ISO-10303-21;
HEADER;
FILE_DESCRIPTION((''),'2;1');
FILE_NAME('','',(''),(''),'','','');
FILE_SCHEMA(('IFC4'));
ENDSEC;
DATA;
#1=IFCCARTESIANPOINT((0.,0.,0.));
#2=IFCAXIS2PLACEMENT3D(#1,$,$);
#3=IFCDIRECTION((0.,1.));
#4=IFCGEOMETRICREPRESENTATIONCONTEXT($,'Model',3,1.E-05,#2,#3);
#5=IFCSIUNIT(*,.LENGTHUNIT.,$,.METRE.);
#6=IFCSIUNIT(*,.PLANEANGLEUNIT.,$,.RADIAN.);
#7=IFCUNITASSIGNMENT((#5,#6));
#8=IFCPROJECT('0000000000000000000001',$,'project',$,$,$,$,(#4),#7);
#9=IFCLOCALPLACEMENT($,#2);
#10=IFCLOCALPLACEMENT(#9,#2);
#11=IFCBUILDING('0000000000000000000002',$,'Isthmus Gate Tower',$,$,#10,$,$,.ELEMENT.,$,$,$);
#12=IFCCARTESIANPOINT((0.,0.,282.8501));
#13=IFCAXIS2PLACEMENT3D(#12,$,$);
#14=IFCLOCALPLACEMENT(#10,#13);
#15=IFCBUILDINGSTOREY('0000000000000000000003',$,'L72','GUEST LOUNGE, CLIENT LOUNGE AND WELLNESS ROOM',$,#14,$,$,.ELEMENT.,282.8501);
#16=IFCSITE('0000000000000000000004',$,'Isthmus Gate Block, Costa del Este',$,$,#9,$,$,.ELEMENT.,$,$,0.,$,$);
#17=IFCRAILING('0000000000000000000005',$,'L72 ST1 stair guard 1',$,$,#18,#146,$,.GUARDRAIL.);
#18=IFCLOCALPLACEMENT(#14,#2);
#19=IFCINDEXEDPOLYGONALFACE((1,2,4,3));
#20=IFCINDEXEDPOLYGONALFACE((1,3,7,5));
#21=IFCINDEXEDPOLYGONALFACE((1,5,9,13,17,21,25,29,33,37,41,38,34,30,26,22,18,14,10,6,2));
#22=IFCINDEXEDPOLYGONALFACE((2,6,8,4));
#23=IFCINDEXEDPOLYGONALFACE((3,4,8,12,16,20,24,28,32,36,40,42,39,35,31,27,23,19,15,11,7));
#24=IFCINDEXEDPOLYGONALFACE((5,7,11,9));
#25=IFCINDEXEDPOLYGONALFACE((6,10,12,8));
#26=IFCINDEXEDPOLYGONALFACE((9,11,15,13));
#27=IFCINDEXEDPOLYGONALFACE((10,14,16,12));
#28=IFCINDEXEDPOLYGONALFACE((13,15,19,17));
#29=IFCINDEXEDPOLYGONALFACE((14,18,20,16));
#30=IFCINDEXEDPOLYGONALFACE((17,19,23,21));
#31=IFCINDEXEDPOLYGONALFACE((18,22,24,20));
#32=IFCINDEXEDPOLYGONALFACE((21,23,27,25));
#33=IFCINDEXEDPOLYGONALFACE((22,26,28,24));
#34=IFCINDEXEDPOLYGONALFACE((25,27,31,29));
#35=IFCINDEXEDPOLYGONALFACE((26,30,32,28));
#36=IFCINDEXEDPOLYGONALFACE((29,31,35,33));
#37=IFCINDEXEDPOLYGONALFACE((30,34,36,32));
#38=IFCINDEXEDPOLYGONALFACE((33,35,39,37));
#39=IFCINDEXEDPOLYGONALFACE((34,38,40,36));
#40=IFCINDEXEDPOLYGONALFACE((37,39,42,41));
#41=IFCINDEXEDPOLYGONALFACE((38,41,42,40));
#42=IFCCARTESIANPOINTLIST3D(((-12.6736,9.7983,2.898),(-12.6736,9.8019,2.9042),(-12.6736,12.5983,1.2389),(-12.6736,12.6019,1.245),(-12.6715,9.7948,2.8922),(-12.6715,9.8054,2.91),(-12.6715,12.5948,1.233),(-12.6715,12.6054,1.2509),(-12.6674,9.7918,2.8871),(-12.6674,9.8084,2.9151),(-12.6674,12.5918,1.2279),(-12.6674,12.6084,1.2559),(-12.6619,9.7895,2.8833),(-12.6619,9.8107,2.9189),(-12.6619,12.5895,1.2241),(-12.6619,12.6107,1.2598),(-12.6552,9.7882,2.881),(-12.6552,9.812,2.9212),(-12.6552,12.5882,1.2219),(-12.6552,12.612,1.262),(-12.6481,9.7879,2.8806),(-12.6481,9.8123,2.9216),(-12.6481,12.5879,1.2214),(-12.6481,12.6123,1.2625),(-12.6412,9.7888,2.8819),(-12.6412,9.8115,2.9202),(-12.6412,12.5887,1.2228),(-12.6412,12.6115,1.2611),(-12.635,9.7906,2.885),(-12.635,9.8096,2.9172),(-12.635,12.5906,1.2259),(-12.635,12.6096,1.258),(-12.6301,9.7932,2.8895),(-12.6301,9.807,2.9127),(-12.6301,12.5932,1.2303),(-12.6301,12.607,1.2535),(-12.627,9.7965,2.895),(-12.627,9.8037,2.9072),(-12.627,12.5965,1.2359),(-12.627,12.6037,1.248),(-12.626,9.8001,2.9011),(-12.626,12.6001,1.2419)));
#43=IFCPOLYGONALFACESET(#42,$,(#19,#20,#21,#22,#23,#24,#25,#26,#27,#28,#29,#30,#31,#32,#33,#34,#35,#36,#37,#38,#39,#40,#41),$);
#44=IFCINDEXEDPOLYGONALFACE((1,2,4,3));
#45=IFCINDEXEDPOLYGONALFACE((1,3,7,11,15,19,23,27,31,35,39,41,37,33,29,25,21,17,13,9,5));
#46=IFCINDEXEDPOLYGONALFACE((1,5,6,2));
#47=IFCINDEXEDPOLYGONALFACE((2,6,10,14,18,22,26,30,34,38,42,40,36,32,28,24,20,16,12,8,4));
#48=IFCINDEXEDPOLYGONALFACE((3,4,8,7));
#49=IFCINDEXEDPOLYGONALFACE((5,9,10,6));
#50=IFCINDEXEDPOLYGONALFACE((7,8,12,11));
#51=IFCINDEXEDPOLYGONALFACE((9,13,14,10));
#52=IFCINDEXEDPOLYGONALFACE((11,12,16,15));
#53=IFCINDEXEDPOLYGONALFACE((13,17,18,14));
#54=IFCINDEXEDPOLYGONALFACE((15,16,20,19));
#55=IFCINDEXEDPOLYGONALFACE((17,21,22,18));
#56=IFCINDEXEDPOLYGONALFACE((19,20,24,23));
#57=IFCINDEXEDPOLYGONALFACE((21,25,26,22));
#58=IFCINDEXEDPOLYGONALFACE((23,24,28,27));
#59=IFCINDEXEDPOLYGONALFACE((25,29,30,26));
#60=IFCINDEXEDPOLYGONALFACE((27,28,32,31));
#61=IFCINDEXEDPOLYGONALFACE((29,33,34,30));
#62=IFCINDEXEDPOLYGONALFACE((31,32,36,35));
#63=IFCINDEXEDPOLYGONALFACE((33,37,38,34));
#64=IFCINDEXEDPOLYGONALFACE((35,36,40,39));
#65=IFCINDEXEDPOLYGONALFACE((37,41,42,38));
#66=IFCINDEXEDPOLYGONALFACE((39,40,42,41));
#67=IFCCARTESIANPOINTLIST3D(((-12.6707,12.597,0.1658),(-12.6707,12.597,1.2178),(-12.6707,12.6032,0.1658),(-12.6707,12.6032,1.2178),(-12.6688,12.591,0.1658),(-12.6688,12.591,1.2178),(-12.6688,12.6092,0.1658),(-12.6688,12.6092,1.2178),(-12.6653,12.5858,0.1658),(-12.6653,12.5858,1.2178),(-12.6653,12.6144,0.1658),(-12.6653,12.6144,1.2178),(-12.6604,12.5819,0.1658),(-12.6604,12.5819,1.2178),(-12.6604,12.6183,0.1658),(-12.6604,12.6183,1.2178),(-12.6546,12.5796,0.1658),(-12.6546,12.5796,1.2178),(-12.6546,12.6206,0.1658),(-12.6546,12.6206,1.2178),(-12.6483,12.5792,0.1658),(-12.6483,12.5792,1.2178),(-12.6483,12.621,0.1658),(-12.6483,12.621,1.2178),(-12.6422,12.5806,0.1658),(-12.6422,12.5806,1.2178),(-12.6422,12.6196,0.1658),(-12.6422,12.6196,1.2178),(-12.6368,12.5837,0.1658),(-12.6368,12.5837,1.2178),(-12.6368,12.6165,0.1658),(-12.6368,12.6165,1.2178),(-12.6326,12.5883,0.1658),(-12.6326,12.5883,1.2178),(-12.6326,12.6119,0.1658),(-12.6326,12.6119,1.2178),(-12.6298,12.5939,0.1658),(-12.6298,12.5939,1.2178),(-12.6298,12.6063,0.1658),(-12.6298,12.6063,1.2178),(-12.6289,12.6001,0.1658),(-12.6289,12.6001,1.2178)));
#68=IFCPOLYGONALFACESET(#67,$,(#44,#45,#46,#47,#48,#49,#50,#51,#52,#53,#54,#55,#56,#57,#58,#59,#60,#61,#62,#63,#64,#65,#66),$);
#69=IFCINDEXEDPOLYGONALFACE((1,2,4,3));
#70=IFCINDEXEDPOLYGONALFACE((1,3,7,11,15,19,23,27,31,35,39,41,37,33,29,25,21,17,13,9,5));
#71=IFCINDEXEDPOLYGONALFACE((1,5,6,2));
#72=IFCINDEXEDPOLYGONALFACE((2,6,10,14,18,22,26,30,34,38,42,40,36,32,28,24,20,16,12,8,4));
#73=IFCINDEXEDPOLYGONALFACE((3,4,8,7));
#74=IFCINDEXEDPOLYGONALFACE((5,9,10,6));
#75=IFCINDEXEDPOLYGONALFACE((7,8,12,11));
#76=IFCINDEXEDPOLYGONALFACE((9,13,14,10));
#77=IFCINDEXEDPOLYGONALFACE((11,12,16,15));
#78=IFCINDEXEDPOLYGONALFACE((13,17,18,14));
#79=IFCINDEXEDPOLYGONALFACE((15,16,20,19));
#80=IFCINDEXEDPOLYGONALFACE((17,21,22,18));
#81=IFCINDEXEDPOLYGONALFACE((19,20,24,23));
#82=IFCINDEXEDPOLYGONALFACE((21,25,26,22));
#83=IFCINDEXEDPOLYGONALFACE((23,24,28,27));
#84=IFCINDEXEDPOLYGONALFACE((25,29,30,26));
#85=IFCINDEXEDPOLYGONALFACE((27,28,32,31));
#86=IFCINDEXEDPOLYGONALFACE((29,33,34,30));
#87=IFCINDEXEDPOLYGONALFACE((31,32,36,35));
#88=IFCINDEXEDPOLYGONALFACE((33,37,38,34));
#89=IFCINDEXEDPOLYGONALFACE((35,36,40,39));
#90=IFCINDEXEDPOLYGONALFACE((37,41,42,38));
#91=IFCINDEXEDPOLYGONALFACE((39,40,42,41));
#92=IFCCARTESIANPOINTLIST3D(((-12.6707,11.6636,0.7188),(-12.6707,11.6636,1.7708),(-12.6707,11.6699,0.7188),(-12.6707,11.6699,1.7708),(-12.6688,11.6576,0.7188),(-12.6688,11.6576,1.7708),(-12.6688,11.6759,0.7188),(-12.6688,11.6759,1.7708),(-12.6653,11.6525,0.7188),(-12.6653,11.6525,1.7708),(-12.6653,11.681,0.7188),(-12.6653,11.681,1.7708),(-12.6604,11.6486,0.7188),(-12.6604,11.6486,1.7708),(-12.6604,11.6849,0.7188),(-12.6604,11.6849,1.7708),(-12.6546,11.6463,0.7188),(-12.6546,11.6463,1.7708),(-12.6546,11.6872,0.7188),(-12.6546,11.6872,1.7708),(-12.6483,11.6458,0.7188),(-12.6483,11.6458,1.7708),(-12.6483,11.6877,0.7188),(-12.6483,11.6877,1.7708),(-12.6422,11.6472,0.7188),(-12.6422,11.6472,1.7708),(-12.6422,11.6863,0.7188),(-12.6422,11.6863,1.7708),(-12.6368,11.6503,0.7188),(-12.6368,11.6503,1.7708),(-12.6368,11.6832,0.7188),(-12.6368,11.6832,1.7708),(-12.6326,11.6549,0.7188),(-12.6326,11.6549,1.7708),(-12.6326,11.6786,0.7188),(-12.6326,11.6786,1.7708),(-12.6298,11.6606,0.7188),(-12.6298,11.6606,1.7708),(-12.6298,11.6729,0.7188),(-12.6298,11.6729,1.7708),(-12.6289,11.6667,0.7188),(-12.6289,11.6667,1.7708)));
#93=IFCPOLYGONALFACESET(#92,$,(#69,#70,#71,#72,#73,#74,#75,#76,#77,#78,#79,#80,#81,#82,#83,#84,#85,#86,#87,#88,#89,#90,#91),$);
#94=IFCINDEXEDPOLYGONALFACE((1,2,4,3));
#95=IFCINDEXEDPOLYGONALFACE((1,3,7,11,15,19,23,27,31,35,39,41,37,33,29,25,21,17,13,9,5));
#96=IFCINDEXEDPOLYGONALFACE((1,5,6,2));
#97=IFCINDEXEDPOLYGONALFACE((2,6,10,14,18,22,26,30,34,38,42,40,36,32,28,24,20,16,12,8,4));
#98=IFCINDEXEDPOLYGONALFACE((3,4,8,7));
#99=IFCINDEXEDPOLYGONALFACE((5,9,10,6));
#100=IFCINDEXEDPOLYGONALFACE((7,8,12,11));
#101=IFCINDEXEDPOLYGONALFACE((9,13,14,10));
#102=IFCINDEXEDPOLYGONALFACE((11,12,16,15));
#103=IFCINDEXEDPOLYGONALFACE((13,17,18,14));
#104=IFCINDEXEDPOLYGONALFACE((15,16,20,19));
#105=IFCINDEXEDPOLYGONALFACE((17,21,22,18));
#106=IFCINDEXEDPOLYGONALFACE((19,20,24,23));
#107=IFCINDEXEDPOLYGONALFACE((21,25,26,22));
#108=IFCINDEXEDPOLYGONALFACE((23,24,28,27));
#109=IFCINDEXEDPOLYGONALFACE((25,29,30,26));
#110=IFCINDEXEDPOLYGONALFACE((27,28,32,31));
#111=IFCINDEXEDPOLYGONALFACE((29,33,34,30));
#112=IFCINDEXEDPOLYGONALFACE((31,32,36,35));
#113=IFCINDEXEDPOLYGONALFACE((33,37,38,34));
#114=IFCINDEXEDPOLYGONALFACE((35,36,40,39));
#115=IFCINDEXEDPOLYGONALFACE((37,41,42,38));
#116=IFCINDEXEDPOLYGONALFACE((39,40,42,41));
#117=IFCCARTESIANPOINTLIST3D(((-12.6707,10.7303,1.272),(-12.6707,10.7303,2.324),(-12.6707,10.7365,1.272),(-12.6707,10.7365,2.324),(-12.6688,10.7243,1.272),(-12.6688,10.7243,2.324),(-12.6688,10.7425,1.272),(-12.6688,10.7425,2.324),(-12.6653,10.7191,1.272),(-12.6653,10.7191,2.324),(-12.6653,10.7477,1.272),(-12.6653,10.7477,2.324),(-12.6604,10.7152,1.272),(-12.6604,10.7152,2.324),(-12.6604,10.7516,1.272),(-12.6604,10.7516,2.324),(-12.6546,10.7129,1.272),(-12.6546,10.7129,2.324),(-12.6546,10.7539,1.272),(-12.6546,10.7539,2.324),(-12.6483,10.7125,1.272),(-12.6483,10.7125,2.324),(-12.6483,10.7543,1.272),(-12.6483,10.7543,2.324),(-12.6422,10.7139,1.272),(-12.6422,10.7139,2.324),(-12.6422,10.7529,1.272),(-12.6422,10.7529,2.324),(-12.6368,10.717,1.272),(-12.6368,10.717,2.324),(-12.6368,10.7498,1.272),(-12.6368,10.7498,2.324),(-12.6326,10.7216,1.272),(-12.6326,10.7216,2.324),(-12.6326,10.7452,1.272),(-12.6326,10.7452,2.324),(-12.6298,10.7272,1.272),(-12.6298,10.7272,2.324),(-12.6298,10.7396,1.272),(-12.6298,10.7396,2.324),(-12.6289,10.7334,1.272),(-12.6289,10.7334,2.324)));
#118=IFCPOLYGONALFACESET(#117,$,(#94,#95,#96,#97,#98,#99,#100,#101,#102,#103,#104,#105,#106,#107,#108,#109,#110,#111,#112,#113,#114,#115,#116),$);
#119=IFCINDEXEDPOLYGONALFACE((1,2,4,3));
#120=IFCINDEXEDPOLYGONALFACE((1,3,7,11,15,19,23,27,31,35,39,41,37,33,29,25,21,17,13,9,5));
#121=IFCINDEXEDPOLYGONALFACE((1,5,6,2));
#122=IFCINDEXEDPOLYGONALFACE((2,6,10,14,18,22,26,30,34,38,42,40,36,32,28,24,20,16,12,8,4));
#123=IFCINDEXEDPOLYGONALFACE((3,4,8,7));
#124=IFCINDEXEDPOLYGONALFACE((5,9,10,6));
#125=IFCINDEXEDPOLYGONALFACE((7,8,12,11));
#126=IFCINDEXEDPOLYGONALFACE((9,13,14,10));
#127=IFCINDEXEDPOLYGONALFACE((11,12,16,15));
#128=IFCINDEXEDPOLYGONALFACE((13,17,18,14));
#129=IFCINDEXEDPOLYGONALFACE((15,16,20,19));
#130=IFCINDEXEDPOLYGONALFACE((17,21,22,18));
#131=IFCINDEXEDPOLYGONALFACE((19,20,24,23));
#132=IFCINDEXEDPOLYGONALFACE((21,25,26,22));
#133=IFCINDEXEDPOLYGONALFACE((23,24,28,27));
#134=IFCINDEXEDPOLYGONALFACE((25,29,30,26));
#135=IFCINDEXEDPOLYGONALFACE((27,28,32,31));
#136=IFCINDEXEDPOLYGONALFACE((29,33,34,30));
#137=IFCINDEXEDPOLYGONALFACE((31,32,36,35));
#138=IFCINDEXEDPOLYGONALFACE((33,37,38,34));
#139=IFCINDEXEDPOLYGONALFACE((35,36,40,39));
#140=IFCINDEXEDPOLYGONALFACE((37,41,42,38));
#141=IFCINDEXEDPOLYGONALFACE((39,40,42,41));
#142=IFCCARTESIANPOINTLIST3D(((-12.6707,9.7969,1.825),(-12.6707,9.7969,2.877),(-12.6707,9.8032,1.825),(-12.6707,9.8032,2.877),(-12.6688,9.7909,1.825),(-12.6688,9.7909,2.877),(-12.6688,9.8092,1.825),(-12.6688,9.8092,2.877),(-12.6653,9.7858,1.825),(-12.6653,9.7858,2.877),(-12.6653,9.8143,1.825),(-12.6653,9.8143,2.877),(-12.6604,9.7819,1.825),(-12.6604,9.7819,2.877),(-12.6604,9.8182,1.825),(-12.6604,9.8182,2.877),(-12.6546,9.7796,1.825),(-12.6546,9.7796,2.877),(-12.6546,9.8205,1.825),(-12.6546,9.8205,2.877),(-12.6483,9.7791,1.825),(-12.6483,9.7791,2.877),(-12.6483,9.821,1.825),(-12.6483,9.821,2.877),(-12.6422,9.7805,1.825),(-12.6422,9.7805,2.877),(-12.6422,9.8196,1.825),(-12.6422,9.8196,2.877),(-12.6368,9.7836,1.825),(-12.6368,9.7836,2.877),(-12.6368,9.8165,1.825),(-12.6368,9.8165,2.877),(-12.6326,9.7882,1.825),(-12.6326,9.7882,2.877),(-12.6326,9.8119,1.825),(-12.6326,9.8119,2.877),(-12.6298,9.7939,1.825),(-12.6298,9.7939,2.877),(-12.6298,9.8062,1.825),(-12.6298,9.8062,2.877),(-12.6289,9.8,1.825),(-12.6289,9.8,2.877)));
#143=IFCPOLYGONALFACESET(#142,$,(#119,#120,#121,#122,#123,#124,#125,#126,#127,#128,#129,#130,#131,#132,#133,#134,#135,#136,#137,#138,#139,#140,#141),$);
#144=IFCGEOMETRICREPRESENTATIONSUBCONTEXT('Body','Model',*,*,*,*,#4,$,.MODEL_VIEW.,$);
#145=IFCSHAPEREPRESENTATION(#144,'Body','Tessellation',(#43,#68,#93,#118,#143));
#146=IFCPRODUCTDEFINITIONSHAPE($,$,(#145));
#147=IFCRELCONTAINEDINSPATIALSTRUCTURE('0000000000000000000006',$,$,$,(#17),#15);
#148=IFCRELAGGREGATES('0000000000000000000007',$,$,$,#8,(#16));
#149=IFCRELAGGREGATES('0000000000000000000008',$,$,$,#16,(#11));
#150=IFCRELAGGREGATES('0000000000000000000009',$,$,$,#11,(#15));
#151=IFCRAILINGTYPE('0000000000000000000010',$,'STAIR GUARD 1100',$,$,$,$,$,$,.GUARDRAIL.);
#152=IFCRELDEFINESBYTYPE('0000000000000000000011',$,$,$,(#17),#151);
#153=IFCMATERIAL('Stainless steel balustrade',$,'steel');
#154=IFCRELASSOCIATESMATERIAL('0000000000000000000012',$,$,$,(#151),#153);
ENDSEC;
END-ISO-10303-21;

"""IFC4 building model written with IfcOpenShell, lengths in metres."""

from ifc_helpers import new_model, si_unit, direction, frame, origin, origin_2d, place, context, subcontext, project, spatial, circle, extrude, material, type_object, element, save


model = new_model("IFC4")

# Units and contexts
model_context = context("Model", 3, precision=1e-05, world=origin(), true_north=direction((0.0, 1.0)))
body_context = subcontext(model_context, "Body", "Model", "MODEL_VIEW")
ifc_project = project(units=[si_unit("LENGTHUNIT", "METRE"), si_unit("PLANEANGLEUNIT", "RADIAN")], contexts=[model_context])

# Site, building, storey
site_placement = place(None, origin())
site = spatial("IfcSite", under=ifc_project, at=site_placement, Name="Isthmus Gate Block, Costa del Este", CompositionType="ELEMENT", RefElevation=0.0)
building_placement = place(site_placement, origin())
building = spatial("IfcBuilding", under=site, at=building_placement, Name="Isthmus Gate Tower", CompositionType="ELEMENT")
storey_placement = place(building_placement, frame((0.0, 0.0, 282.8501)))
storey = spatial("IfcBuildingStorey", under=building, at=storey_placement, Name="L72", Description="GUEST LOUNGE, CLIENT LOUNGE AND WELLNESS ROOM", CompositionType="ELEMENT", Elevation=282.8501)

# Railing
ifc_material_1 = material(Name="Stainless steel balustrade", Category="steel")
railing_type = type_object("IfcRailingType", Name="STAIR GUARD 1100", PredefinedType="GUARDRAIL", material=ifc_material_1)
railing_1_placement = place(storey_placement, frame((-12.6499, 12.6001, 0.1658)))
element("IfcRailing", 1, at=railing_1_placement, inside=storey, type_object=railing_type, Name="L72 ST1 stair guard 1", PredefinedType="GUARDRAIL", context=body_context, shape_type="SweptSolid", body=[
    extrude(circle(Radius=0.0239, at=origin_2d()), frame((0.0, 0.0, 1.0762), z_axis=(0.0, -0.860306, 0.509778), x_axis=(1.0, 0.0, 0.0)), (0.0, 0.0, 1.0), 3.2546),
    extrude(circle(Radius=0.021, at=origin_2d()), origin(), (0.0, 0.0, 1.0), 1.052),
    extrude(circle(Radius=0.021, at=origin_2d()), frame((0.0, -0.9333, 0.553)), (0.0, 0.0, 1.0), 1.052),
    extrude(circle(Radius=0.021, at=origin_2d()), frame((0.0, -1.8667, 1.1062)), (0.0, 0.0, 1.0), 1.052),
    extrude(circle(Radius=0.021, at=origin_2d()), frame((0.0, -2.8, 1.6592)), (0.0, 0.0, 1.0), 1.052),
])

save(model, "model.ifc")
